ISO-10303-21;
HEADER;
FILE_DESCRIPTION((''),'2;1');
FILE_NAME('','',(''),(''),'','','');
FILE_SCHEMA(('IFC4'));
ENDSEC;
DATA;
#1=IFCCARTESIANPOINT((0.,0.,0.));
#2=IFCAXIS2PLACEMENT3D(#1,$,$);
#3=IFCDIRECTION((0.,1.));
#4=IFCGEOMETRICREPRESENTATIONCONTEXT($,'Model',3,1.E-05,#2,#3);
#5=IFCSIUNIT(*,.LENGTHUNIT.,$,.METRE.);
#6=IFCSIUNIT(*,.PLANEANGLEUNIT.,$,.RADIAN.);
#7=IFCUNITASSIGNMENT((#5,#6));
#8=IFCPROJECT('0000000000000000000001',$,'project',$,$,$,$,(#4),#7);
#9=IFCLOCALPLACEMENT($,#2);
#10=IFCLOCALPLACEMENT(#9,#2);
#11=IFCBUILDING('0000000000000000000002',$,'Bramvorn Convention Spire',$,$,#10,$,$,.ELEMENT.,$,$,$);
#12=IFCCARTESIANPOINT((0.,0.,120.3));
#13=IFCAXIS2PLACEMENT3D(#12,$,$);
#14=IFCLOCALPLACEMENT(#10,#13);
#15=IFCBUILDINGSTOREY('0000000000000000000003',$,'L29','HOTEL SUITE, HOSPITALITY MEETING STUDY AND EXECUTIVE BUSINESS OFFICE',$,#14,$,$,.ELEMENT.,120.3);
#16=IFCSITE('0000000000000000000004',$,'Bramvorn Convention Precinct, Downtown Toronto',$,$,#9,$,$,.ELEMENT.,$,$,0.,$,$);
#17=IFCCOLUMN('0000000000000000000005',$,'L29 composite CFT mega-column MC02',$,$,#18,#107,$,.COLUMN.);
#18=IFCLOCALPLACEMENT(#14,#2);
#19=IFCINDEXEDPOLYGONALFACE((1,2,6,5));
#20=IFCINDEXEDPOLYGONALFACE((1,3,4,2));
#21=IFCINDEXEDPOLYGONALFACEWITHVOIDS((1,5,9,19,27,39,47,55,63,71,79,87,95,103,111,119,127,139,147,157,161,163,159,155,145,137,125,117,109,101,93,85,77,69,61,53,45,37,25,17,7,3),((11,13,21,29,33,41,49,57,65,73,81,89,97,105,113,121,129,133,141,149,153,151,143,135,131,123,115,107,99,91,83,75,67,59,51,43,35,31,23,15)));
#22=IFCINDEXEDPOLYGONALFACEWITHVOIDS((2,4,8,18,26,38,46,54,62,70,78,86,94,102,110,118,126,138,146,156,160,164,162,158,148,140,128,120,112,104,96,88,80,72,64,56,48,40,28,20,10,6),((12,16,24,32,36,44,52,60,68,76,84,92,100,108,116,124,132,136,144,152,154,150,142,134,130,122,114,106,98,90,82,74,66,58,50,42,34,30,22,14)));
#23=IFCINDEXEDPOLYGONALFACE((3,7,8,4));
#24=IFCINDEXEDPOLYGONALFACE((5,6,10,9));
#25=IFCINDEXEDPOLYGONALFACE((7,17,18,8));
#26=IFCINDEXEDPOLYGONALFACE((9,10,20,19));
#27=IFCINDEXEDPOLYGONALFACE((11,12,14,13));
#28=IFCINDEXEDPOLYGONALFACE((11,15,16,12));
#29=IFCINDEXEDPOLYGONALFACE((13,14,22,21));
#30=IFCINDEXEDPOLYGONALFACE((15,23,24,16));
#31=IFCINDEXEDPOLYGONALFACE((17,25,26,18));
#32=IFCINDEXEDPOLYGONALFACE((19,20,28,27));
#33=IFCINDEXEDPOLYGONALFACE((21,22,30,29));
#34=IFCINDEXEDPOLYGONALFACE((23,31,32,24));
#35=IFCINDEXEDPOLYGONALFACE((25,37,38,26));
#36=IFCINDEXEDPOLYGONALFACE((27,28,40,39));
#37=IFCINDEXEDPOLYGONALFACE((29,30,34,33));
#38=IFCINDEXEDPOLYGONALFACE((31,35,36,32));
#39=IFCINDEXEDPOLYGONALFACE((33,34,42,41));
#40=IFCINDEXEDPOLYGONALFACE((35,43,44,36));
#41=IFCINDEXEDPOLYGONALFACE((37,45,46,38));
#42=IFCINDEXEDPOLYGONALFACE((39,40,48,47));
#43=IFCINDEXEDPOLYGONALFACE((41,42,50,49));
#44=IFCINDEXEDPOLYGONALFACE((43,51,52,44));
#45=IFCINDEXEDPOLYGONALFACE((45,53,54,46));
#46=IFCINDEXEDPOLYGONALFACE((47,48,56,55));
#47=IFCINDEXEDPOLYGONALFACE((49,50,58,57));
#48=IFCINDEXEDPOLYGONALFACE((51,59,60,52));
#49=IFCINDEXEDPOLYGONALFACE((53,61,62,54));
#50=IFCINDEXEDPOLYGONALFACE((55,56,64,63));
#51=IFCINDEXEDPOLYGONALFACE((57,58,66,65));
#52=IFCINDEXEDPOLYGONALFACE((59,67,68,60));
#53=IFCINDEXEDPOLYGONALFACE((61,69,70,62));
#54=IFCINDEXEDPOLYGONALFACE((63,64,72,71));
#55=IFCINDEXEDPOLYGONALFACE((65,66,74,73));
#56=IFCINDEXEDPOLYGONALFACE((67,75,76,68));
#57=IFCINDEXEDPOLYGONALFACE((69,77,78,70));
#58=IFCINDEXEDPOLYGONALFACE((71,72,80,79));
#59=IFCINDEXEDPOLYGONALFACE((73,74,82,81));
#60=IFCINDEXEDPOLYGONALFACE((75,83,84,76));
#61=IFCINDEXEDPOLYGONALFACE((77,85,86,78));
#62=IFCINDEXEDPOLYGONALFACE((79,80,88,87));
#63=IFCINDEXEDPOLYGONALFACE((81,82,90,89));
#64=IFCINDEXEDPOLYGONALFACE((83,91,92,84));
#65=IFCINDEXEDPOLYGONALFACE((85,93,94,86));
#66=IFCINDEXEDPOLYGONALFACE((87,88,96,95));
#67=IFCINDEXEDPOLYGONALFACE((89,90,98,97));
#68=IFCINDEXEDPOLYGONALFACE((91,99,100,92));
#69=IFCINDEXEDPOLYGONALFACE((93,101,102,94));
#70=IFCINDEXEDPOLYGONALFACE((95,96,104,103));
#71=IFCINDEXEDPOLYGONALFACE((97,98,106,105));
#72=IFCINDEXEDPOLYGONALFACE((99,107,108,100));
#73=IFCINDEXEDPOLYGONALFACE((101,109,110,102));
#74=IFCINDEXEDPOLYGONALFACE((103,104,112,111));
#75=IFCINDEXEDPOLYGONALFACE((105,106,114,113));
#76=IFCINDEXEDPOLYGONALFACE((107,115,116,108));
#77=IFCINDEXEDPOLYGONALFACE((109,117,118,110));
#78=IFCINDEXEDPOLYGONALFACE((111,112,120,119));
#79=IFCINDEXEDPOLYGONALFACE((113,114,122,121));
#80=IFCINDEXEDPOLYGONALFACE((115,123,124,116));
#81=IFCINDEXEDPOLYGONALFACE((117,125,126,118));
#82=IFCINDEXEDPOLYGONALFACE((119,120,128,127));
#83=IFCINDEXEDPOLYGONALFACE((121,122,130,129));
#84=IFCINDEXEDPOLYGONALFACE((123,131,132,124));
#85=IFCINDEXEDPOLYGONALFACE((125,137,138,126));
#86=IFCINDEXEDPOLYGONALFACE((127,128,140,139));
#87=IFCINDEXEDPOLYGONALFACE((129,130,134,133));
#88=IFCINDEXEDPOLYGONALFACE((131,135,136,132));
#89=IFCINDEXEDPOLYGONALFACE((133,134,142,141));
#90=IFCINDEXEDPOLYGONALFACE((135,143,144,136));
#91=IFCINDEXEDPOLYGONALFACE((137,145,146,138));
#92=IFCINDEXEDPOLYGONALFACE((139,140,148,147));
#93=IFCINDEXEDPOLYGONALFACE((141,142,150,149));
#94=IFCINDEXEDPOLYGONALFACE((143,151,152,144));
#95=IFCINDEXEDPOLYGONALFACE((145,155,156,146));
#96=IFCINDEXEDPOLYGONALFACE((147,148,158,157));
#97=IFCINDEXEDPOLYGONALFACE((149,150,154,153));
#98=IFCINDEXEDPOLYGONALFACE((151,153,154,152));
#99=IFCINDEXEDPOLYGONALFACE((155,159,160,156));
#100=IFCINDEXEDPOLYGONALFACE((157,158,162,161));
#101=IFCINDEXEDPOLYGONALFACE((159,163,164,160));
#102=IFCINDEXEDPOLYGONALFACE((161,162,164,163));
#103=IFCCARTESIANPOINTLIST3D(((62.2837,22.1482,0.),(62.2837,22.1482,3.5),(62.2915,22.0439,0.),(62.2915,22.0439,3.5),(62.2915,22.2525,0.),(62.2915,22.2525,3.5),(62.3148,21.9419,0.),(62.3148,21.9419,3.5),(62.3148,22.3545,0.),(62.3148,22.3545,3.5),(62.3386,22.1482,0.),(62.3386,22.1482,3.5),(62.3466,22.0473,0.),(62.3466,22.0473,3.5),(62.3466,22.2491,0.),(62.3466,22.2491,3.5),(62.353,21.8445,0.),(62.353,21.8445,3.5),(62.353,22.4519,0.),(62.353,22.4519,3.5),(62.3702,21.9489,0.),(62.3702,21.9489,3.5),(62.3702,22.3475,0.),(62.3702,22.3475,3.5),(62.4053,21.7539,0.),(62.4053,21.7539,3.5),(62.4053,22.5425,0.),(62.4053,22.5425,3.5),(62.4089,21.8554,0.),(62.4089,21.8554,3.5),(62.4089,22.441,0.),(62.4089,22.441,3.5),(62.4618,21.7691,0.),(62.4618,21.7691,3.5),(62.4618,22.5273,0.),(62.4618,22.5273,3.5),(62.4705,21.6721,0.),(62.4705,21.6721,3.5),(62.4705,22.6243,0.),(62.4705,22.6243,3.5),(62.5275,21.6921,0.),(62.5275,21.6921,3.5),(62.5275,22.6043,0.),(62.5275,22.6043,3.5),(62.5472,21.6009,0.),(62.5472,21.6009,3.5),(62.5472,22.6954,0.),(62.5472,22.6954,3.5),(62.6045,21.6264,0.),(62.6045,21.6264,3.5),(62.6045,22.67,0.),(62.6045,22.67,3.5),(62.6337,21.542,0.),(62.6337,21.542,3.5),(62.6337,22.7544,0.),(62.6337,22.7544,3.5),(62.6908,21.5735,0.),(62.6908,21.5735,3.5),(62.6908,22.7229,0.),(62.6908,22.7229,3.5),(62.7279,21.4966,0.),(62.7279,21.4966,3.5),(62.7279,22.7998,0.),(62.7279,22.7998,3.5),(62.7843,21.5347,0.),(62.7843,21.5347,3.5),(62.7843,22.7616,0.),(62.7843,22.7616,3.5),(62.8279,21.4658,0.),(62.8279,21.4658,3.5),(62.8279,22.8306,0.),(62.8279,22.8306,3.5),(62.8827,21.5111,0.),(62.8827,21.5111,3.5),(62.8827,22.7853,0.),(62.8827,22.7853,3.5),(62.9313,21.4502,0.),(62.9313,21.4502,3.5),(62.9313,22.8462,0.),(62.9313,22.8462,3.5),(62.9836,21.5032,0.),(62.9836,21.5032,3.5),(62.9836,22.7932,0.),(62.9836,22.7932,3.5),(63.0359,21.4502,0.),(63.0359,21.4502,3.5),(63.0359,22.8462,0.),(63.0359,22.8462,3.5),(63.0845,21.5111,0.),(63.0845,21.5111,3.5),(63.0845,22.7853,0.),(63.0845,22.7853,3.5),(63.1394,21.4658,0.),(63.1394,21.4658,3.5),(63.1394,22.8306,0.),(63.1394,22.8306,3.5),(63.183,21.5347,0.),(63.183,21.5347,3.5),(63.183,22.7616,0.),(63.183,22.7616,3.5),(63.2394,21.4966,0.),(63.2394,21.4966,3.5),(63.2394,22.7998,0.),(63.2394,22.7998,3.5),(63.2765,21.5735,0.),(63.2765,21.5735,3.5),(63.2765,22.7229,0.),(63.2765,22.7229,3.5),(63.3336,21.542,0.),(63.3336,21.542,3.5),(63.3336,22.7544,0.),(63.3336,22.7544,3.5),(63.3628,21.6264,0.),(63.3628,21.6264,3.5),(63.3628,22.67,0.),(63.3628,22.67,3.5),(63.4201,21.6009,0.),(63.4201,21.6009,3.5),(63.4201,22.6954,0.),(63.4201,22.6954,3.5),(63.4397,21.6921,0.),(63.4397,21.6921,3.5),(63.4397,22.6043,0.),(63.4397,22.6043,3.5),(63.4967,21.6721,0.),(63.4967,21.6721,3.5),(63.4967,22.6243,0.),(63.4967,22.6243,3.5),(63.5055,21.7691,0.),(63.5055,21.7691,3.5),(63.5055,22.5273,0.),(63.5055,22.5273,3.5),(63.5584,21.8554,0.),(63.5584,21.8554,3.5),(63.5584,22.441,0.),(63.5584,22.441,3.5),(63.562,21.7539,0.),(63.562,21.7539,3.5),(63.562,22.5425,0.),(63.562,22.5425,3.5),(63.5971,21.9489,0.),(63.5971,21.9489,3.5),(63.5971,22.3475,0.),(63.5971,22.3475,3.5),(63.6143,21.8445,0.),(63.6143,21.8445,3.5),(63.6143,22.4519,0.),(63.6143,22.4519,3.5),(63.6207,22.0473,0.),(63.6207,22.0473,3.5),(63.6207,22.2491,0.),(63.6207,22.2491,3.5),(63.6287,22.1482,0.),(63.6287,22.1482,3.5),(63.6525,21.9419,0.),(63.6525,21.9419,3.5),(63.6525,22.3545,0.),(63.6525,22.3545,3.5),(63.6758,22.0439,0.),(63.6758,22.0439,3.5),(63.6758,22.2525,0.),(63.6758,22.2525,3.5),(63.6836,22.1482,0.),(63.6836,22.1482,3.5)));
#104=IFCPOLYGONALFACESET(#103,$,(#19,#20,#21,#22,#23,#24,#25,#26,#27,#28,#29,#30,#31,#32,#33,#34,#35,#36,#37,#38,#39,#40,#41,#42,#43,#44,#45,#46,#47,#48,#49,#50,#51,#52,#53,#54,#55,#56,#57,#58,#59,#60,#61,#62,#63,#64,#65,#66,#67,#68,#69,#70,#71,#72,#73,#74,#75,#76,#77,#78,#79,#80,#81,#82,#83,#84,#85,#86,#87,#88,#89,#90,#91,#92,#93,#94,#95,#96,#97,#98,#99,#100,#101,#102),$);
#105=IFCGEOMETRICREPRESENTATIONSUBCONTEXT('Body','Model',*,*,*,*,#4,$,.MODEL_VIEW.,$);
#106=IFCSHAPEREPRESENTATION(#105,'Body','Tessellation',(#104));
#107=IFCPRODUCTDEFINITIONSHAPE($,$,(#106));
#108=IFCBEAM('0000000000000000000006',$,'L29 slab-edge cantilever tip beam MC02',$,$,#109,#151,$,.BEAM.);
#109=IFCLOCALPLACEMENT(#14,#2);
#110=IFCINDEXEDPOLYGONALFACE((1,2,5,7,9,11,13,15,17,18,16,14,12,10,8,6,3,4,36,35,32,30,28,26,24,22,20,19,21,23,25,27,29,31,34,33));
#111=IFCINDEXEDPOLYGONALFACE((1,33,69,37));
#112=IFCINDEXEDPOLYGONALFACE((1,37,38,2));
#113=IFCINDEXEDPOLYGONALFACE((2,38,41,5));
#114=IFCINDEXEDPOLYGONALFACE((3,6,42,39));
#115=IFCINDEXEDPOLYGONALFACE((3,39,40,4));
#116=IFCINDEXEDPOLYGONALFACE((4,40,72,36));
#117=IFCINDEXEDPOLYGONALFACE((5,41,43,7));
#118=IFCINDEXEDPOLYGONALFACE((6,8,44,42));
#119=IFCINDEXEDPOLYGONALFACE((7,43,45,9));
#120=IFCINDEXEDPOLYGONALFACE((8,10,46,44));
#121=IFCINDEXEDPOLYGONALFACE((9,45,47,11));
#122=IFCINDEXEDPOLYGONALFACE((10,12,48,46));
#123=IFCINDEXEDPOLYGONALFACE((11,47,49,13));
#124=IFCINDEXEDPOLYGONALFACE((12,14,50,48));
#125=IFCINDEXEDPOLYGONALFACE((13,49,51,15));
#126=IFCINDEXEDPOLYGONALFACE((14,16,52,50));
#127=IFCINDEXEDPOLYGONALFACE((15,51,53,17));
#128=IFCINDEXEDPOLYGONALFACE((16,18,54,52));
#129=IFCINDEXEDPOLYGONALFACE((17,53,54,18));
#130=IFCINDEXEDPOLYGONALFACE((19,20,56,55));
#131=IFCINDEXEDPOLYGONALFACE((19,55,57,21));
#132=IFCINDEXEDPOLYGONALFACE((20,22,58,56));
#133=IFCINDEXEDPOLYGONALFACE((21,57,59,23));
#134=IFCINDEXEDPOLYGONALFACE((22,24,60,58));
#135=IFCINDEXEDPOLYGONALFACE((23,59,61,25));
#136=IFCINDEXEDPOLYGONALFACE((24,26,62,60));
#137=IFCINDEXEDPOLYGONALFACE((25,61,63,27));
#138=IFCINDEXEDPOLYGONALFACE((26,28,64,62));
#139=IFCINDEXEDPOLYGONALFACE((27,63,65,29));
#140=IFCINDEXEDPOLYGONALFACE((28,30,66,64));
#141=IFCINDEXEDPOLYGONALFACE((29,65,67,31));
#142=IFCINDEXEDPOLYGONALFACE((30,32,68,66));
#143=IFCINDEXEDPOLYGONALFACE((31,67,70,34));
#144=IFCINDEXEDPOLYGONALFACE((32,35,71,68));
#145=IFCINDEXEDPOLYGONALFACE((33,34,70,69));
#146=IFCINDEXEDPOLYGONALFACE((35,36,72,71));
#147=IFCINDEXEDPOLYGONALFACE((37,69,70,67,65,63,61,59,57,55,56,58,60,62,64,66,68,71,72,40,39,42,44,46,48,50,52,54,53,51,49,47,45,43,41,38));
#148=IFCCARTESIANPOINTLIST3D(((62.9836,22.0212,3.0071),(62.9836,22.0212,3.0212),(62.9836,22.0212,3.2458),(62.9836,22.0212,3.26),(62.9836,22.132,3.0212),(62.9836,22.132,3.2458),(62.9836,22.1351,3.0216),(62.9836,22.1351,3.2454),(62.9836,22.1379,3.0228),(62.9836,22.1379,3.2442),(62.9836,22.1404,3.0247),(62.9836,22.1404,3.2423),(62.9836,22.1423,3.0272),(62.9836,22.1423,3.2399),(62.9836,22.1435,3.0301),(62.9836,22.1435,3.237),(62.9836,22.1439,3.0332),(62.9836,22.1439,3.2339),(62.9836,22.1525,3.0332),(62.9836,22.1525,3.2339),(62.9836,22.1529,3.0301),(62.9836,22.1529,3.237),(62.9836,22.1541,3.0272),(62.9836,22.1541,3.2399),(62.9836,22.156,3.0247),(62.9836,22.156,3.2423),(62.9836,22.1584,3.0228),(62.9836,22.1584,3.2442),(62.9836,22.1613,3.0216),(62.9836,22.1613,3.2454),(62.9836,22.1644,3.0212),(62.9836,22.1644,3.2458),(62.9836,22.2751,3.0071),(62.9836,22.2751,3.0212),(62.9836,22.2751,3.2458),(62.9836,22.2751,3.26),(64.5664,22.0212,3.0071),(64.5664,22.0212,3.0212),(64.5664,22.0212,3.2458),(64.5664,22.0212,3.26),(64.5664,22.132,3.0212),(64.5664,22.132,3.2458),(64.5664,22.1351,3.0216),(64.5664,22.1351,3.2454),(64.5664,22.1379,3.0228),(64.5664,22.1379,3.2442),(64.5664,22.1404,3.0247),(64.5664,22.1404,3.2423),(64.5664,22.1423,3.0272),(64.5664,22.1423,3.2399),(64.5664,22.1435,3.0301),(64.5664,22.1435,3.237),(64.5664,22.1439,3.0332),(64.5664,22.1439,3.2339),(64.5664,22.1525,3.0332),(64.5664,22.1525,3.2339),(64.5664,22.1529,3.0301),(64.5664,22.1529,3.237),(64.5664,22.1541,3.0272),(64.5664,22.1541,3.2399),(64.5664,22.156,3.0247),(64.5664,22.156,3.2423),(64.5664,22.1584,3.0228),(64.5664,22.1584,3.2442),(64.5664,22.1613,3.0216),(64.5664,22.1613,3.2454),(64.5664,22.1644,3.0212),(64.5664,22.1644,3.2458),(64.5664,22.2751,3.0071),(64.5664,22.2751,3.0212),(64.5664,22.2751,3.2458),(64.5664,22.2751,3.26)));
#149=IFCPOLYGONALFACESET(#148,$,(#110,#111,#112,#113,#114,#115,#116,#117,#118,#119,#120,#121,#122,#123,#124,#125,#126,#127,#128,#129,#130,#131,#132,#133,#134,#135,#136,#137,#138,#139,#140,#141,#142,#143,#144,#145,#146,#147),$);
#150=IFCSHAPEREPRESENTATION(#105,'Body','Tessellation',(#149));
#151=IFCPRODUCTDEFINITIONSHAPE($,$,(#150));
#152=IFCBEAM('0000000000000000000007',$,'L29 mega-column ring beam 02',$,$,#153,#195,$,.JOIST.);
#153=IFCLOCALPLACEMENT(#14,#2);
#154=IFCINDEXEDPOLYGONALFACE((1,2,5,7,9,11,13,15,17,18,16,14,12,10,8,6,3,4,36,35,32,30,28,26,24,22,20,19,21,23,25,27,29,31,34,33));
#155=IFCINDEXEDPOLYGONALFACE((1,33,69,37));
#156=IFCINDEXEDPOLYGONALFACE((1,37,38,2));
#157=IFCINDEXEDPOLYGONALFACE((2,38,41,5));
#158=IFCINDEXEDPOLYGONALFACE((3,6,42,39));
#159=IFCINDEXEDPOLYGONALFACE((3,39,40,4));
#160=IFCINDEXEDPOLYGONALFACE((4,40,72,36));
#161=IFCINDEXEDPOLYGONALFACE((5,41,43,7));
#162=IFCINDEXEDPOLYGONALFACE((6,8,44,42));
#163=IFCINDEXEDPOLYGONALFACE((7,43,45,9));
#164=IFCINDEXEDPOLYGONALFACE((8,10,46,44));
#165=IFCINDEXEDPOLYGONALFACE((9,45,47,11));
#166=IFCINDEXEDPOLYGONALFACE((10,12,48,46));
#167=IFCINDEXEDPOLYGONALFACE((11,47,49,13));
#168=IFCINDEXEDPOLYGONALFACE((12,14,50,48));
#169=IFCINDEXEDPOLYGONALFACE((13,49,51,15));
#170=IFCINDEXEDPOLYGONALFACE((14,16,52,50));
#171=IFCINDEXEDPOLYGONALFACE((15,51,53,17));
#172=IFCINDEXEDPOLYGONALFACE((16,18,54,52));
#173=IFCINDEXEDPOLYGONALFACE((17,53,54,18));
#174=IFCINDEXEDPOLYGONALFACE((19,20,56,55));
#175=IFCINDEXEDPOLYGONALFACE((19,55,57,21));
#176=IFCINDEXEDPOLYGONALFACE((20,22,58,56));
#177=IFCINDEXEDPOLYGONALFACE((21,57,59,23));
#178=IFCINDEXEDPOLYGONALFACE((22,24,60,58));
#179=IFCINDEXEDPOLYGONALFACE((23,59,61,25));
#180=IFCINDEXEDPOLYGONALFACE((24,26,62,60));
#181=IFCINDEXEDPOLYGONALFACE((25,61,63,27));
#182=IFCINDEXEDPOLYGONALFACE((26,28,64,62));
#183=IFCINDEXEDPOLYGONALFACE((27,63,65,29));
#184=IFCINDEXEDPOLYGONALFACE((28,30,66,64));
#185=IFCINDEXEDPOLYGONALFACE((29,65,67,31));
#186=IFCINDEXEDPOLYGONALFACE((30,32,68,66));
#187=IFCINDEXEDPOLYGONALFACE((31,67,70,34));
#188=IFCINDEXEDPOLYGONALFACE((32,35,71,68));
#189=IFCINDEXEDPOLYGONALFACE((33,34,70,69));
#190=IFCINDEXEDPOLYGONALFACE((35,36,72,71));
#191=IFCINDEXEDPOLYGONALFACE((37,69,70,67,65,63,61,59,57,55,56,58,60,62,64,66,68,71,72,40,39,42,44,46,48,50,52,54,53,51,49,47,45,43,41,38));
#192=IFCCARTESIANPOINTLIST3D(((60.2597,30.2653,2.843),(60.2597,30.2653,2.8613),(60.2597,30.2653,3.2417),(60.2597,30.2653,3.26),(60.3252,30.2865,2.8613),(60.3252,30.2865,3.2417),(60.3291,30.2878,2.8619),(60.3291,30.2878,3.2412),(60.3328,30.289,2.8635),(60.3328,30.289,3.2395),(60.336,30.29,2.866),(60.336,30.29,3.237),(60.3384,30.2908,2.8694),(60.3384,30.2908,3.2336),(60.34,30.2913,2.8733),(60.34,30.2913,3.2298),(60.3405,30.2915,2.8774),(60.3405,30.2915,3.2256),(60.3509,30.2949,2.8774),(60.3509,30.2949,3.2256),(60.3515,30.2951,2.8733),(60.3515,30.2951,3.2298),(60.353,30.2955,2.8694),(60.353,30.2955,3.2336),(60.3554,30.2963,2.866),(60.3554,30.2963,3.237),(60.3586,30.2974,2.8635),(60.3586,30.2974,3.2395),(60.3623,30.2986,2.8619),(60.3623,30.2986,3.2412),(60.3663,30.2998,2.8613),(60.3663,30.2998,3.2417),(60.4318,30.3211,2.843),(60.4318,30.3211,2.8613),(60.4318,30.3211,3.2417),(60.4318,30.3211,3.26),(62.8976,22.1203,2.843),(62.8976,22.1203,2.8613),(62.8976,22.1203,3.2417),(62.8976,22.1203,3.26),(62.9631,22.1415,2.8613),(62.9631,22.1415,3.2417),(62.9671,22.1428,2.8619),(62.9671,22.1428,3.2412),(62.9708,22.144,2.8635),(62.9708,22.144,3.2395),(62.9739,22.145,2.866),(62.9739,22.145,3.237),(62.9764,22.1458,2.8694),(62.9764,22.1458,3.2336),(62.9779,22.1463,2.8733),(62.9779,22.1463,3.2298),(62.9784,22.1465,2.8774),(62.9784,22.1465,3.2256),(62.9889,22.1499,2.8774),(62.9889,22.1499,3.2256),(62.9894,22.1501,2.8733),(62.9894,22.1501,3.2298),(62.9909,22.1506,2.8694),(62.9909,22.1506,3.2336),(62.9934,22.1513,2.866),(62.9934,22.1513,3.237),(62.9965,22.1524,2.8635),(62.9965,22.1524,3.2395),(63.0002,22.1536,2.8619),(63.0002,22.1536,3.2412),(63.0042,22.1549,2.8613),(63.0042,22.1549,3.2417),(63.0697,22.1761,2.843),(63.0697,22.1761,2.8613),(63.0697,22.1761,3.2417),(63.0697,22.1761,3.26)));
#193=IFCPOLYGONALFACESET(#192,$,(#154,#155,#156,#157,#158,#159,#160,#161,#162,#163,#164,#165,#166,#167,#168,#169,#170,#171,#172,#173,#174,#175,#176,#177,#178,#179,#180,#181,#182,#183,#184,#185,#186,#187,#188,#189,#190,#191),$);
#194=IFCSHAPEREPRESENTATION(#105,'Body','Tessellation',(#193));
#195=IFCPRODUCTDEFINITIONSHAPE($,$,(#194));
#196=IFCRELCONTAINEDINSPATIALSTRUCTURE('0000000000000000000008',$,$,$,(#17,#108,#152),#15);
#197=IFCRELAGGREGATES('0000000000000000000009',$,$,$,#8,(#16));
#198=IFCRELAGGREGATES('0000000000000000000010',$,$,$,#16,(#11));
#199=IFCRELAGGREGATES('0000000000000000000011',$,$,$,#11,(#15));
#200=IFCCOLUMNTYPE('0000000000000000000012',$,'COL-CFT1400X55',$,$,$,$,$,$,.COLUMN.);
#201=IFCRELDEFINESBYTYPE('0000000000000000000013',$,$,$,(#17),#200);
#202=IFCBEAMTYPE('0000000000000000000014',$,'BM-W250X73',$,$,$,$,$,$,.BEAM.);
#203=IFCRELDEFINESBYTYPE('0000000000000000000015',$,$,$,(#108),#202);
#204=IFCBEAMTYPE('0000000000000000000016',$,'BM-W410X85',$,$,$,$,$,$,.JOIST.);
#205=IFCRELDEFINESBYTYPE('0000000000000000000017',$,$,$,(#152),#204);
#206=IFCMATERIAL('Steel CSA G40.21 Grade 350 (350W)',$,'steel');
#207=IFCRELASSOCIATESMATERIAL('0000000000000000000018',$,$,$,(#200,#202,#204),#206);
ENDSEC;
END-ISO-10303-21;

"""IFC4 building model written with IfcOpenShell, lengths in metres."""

from ifc_helpers import new_model, si_unit, direction, frame, origin, origin_2d, place, context, subcontext, project, spatial, hollow_circle, i_section, extrude, material, material_profile, profile_set, type_object, element, save


model = new_model("IFC4")

# Units and contexts
model_context = context("Model", 3, precision=1e-05, world=origin(), true_north=direction((0.0, 1.0)))
body_context = subcontext(model_context, "Body", "Model", "MODEL_VIEW")
ifc_project = project(units=[si_unit("LENGTHUNIT", "METRE"), si_unit("PLANEANGLEUNIT", "RADIAN")], contexts=[model_context])

# Site, building, storey
site_placement = place(None, origin())
site = spatial("IfcSite", under=ifc_project, at=site_placement, Name="Bramvorn Convention Precinct, Downtown Toronto", CompositionType="ELEMENT", RefElevation=0.0)
building_placement = place(site_placement, origin())
building = spatial("IfcBuilding", under=site, at=building_placement, Name="Bramvorn Convention Spire", CompositionType="ELEMENT")
storey_placement = place(building_placement, frame((0.0, 0.0, 120.3)))
storey = spatial("IfcBuildingStorey", under=building, at=storey_placement, Name="L29", Description="HOTEL SUITE, HOSPITALITY MEETING STUDY AND EXECUTIVE BUSINESS OFFICE", CompositionType="ELEMENT", Elevation=120.3)

# Column
ifc_material_1 = material(Name="Steel CSA G40.21 Grade 350 (350W)", Category="steel")
ifc_material_profile_1 = material_profile(ifc_material_1, hollow_circle(Radius=0.7, WallThickness=0.0549, at=origin_2d()))
ifc_profile_set_1 = profile_set([ifc_material_profile_1], Name="Steel CSA G40.21 Grade 350 (350W) - CFT1400X55")
column_type = type_object("IfcColumnType", Name="COL-CFT1400X55", PredefinedType="COLUMN", material=ifc_profile_set_1)
column_placement = place(storey_placement, frame((62.9836, 22.1482, 0.0), z_axis=(0.0, 0.0, 1.0), x_axis=(1.0, 0.0, 0.0)))
element("IfcColumn", 1, at=column_placement, inside=storey, type_object=column_type, Name="L29 composite CFT mega-column MC02", PredefinedType="COLUMN", context=body_context, shape_type="SweptSolid", body=[
    extrude(hollow_circle(Radius=0.7, WallThickness=0.0549, at=origin_2d()), origin(), (0.0, 0.0, 1.0), 3.5),
])

# Beams
ifc_material_profile_2 = material_profile(ifc_material_1, i_section(OverallWidth=0.2539, OverallDepth=0.2529, WebThickness=0.0085, FlangeThickness=0.0142, FilletRadius=0.012, at=origin_2d()))
ifc_profile_set_2 = profile_set([ifc_material_profile_2], Name="Steel CSA G40.21 Grade 350 (350W) - W250X73")
beam_type_1 = type_object("IfcBeamType", Name="BM-W250X73", PredefinedType="BEAM", material=ifc_profile_set_2)
beam_1_placement = place(storey_placement, frame((62.9836, 22.1482, 3.1335), z_axis=(1.0, 0.0, 0.0), x_axis=(0.0, 1.0, 0.0)))
element("IfcBeam", 2, at=beam_1_placement, inside=storey, type_object=beam_type_1, Name="L29 slab-edge cantilever tip beam MC02", PredefinedType="BEAM", context=body_context, shape_type="SweptSolid", body=[
    extrude(i_section(OverallWidth=0.2539, OverallDepth=0.2529, WebThickness=0.0085, FlangeThickness=0.0142, FilletRadius=0.012, at=origin_2d()), origin(), (0.0, 0.0, 1.0), 1.5828),
])
ifc_material_profile_3 = material_profile(ifc_material_1, i_section(OverallWidth=0.1809, OverallDepth=0.417, WebThickness=0.011, FlangeThickness=0.0183, FilletRadius=0.0161, at=origin_2d()))
ifc_profile_set_3 = profile_set([ifc_material_profile_3], Name="Steel CSA G40.21 Grade 350 (350W) - W410X85")
beam_type_2 = type_object("IfcBeamType", Name="BM-W410X85", PredefinedType="JOIST", material=ifc_profile_set_3)
beam_2_placement = place(storey_placement, frame((62.9836, 22.1482, 3.0515), z_axis=(-0.308115, 0.951349, 0.0), x_axis=(-0.951349, -0.308115, 0.0)))
element("IfcBeam", 3, at=beam_2_placement, inside=storey, type_object=beam_type_2, Name="L29 mega-column ring beam 02", PredefinedType="JOIST", context=body_context, shape_type="SweptSolid", body=[
    extrude(i_section(OverallWidth=0.1809, OverallDepth=0.417, WebThickness=0.011, FlangeThickness=0.0183, FilletRadius=0.0161, at=origin_2d()), origin(), (0.0, 0.0, 1.0), 8.5615),
])

save(model, "model.ifc")
